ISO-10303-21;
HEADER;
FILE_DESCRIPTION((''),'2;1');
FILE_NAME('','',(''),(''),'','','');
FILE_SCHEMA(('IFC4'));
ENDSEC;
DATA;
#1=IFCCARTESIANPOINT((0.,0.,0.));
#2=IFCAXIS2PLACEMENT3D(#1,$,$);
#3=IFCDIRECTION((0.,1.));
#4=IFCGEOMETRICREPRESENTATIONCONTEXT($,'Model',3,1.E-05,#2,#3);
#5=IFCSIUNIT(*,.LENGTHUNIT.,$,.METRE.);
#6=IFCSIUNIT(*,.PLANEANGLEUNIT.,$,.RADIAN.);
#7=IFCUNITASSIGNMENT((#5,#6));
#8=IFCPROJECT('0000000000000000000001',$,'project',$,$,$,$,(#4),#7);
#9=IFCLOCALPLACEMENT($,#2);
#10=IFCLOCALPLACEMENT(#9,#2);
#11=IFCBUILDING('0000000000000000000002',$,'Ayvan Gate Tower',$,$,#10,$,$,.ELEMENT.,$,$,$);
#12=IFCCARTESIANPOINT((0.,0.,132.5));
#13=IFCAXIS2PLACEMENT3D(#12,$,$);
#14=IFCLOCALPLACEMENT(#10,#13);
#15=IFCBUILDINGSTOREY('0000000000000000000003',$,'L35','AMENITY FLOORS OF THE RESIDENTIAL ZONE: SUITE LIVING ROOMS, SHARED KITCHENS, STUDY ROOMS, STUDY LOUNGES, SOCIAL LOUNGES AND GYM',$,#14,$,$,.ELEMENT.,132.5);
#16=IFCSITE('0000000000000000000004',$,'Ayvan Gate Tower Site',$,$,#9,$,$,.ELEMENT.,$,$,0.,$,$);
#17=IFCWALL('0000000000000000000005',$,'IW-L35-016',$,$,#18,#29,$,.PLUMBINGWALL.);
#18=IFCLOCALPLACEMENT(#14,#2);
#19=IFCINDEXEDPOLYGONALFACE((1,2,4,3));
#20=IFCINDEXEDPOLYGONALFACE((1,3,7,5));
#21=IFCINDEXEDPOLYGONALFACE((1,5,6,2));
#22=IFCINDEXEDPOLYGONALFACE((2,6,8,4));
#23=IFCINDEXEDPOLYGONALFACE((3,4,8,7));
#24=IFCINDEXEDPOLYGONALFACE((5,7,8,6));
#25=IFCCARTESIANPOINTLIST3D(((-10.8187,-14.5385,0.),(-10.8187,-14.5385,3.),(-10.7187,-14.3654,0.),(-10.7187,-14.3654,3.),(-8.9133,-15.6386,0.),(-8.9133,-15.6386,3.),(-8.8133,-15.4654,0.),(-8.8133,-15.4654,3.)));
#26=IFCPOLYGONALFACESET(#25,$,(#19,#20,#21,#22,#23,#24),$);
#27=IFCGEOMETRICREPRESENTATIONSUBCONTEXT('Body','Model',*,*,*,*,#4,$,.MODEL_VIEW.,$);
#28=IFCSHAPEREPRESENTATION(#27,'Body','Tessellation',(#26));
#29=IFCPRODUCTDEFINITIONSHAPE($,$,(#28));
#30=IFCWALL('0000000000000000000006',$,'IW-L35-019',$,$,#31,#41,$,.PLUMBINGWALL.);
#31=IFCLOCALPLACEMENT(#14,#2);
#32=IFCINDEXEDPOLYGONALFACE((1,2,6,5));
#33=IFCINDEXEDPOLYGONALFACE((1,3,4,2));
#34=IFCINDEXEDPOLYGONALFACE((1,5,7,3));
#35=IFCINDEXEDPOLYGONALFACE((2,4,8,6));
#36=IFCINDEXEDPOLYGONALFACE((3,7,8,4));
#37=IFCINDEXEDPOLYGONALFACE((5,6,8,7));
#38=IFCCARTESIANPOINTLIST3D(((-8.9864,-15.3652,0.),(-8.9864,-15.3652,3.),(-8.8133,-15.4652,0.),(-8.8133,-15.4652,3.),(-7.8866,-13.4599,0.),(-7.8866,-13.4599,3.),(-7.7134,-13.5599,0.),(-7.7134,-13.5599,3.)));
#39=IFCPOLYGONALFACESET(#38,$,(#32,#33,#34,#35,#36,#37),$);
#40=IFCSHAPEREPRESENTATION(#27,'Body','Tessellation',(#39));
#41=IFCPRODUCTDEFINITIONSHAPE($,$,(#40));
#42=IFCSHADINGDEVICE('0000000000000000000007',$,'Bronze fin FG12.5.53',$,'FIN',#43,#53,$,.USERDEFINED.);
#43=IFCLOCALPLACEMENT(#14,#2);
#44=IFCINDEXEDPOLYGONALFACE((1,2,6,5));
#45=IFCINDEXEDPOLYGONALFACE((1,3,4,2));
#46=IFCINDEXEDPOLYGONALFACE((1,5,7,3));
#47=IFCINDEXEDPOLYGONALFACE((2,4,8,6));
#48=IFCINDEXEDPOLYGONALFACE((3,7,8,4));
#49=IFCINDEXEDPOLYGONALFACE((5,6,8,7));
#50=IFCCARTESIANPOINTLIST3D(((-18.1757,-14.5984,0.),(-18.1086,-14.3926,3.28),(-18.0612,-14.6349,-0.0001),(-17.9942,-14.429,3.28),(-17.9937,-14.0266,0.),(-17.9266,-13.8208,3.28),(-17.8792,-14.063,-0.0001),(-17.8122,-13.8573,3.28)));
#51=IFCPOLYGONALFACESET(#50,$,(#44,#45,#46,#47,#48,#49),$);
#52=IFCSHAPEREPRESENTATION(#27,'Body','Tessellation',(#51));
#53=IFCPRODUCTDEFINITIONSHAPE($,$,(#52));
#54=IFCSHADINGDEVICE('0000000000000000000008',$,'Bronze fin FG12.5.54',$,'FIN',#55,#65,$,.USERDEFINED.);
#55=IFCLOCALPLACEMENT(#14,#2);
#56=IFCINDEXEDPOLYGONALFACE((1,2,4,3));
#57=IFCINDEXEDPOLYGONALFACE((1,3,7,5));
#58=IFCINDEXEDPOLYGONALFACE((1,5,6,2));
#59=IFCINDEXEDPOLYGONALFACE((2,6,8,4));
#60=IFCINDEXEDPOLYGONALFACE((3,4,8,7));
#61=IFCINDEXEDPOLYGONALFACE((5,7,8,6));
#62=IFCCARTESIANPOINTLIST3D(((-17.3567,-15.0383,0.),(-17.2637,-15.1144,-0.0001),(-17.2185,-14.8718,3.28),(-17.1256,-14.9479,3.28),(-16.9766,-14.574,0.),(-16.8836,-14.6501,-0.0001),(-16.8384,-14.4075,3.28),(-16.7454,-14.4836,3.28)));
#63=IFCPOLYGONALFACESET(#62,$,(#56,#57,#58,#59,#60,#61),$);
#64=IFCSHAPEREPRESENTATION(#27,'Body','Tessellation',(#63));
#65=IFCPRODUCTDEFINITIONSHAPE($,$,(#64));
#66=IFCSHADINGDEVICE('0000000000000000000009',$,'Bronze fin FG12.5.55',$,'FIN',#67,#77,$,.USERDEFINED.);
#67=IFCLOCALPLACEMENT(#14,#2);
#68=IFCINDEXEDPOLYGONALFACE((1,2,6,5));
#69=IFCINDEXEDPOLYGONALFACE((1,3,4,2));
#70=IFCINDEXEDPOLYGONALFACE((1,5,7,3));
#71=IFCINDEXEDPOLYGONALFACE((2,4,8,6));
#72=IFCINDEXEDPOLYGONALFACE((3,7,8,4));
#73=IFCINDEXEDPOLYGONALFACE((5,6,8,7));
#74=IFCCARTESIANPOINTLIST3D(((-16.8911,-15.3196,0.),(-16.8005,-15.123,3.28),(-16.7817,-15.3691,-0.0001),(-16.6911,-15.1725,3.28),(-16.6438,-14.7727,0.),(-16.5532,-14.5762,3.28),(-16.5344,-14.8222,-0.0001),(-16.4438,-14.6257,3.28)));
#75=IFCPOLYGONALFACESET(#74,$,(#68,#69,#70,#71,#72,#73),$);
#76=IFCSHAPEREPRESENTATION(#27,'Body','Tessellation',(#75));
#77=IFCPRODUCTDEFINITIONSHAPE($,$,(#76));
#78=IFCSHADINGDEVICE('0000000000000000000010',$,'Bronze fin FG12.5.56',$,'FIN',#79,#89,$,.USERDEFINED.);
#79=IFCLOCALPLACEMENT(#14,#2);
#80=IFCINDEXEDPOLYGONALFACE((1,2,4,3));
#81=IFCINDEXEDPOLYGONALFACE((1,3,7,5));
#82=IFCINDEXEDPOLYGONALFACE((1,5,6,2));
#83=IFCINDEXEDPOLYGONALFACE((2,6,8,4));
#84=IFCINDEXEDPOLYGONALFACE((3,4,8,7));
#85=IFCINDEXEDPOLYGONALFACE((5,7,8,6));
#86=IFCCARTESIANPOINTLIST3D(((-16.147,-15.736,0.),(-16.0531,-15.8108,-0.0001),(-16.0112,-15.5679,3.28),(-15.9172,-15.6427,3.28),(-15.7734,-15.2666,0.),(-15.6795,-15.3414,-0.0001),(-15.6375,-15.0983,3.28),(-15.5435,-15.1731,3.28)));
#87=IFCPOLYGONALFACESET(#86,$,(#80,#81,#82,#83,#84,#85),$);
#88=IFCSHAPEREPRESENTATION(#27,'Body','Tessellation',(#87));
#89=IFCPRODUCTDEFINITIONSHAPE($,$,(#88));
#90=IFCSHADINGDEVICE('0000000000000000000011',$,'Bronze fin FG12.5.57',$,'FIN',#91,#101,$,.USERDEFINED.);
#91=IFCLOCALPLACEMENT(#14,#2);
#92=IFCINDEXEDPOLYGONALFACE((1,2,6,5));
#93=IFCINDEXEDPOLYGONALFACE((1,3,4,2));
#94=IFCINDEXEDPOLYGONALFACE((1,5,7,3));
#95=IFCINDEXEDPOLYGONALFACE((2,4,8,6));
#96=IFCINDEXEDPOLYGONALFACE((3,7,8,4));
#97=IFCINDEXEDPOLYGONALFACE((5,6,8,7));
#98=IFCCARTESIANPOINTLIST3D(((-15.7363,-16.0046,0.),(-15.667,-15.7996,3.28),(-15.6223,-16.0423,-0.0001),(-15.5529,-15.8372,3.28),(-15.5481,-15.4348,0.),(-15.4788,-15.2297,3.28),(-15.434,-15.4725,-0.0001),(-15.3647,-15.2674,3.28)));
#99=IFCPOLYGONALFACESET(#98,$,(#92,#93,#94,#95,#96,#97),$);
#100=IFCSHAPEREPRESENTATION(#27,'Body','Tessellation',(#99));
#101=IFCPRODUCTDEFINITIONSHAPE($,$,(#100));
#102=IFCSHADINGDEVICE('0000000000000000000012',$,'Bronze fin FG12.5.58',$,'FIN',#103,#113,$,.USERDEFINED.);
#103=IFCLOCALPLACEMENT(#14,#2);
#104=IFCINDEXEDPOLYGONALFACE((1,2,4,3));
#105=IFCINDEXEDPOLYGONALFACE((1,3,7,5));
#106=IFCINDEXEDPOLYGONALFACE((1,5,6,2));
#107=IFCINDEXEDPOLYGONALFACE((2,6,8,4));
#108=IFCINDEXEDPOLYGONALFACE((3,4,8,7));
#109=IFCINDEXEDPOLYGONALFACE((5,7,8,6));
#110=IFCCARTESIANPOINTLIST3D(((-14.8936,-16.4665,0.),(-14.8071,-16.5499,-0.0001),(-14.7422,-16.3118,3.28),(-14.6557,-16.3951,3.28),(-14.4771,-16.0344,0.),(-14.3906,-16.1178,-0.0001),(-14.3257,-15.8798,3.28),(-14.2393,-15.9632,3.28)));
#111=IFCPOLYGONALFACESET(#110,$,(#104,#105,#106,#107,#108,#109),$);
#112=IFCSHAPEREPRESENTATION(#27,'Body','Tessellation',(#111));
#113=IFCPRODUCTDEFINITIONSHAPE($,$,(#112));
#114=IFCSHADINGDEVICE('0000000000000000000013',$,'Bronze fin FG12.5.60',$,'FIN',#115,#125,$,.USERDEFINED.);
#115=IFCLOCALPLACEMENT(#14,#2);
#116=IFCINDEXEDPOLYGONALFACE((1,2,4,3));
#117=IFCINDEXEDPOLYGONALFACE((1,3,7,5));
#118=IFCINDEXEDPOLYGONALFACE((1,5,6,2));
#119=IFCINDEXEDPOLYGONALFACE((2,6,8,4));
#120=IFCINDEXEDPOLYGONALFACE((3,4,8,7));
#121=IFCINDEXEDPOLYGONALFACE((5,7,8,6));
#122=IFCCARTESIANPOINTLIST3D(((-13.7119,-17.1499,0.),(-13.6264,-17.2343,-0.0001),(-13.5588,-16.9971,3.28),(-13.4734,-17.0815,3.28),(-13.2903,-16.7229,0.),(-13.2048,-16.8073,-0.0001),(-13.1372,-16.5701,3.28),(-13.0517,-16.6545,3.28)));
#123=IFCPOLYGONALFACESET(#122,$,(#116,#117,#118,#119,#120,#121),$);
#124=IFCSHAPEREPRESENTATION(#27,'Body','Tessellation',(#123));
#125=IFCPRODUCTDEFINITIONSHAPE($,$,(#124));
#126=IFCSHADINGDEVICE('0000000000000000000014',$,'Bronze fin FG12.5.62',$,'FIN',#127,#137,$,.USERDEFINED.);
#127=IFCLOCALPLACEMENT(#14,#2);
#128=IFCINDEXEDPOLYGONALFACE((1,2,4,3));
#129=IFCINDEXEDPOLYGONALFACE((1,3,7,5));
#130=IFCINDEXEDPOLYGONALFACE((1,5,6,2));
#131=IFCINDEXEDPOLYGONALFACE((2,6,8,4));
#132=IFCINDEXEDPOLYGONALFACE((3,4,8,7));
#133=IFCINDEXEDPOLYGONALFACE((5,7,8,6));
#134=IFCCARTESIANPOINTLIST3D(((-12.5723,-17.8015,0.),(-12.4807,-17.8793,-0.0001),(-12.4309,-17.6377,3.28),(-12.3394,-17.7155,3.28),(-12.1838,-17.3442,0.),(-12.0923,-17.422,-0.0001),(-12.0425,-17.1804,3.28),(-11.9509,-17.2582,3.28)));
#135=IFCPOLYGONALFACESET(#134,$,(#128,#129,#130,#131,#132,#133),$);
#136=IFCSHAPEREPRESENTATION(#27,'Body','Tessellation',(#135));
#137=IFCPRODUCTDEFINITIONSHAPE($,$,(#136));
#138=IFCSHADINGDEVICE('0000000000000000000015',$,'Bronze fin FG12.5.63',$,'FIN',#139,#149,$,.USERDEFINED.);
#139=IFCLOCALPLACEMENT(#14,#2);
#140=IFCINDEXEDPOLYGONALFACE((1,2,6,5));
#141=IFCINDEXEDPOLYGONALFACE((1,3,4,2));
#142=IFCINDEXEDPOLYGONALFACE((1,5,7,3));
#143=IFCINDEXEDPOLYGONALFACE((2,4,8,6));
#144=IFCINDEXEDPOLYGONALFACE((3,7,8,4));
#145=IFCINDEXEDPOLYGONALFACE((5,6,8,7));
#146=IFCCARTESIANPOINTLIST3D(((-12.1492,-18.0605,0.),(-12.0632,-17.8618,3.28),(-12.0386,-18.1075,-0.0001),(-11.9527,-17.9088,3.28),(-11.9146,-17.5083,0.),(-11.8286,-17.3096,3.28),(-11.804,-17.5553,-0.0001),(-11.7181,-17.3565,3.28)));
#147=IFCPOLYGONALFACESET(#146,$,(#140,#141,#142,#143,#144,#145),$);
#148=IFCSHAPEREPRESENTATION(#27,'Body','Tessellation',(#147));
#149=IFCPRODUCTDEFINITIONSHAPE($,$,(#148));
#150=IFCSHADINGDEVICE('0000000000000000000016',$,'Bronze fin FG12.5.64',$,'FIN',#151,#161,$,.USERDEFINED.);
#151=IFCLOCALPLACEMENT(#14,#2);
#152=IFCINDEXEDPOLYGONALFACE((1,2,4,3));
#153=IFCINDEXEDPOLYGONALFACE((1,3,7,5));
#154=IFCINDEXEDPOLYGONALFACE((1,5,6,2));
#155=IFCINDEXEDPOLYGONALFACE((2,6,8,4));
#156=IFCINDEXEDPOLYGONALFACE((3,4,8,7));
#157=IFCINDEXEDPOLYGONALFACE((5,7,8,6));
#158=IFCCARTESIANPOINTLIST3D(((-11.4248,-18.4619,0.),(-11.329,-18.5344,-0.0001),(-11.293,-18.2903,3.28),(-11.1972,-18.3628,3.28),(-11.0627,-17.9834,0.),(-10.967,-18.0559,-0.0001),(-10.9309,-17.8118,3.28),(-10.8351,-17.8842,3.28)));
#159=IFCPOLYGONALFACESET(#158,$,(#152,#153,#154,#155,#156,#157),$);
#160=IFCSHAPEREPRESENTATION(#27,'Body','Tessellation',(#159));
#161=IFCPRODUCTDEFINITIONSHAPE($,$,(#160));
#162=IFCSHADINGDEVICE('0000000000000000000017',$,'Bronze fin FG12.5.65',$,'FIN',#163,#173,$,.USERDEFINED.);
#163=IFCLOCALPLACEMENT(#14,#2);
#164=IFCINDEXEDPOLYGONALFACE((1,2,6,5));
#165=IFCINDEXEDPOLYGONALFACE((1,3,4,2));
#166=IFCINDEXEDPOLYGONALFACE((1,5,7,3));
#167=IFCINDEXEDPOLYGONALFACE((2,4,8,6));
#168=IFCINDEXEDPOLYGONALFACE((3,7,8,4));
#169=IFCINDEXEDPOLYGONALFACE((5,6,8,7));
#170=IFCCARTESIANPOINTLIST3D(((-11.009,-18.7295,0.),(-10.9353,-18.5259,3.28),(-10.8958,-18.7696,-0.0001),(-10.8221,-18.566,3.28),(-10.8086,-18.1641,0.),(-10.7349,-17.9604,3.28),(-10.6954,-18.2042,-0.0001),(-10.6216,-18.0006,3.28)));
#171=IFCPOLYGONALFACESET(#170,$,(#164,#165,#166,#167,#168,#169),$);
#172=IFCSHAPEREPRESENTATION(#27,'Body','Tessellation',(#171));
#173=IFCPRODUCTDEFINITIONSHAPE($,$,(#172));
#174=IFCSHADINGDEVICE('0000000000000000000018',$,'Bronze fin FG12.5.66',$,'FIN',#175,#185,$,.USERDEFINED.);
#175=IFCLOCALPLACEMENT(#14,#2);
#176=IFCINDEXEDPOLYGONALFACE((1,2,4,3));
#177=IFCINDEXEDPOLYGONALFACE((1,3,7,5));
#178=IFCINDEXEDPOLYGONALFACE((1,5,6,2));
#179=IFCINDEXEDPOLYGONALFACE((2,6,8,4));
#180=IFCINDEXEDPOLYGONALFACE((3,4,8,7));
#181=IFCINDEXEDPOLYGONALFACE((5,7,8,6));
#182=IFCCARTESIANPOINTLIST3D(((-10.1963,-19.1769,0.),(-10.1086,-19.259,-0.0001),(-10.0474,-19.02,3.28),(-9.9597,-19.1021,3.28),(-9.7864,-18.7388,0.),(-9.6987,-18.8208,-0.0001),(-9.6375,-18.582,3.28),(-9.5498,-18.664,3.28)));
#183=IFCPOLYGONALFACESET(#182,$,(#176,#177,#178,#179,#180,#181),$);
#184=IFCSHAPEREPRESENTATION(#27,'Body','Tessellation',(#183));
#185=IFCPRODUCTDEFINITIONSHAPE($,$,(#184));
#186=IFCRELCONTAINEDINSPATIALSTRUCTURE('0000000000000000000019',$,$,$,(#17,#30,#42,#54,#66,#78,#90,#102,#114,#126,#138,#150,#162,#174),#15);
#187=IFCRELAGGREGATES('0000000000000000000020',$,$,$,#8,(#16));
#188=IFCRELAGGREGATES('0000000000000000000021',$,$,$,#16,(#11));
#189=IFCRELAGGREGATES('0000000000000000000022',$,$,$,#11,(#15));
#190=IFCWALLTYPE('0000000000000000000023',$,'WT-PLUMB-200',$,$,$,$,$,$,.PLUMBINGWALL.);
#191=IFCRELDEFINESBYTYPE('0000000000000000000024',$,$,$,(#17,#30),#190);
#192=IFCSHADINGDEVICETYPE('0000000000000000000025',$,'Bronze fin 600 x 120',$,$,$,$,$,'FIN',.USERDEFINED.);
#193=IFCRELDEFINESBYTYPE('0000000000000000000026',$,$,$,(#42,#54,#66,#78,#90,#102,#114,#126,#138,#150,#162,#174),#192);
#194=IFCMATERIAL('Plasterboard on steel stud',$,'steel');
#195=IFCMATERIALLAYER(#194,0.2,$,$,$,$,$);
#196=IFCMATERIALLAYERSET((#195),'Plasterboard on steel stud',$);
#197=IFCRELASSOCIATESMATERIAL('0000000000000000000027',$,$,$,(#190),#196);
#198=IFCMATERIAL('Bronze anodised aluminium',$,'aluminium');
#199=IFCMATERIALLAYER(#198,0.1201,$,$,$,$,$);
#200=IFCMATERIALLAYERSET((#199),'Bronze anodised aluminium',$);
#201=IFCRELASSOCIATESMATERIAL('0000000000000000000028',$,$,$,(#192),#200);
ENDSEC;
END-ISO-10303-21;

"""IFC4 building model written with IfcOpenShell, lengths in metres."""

from ifc_helpers import new_model, si_unit, direction, frame, frame_2d, origin, place, context, subcontext, project, spatial, polyline, rectangle, outline, extrude, material, layer, layer_set, type_object, element, save


model = new_model("IFC4")

# Units and contexts
model_context = context("Model", 3, precision=1e-05, world=origin(), true_north=direction((0.0, 1.0)))
body_context = subcontext(model_context, "Body", "Model", "MODEL_VIEW")
ifc_project = project(units=[si_unit("LENGTHUNIT", "METRE"), si_unit("PLANEANGLEUNIT", "RADIAN")], contexts=[model_context])

# Site, building, storey
site_placement = place(None, origin())
site = spatial("IfcSite", under=ifc_project, at=site_placement, Name="Ayvan Gate Tower Site", CompositionType="ELEMENT", RefElevation=0.0)
building_placement = place(site_placement, origin())
building = spatial("IfcBuilding", under=site, at=building_placement, Name="Ayvan Gate Tower", CompositionType="ELEMENT")
storey_placement = place(building_placement, frame((0.0, 0.0, 132.5)))
storey = spatial("IfcBuildingStorey", under=building, at=storey_placement, Name="L35", Description="AMENITY FLOORS OF THE RESIDENTIAL ZONE: SUITE LIVING ROOMS, SHARED KITCHENS, STUDY ROOMS, STUDY LOUNGES, SOCIAL LOUNGES AND GYM", CompositionType="ELEMENT", Elevation=132.5)

# Shared definitions
ifc_material_1 = material(Name="Bronze anodised aluminium", Category="aluminium")

# Walls
ifc_material_2 = material(Name="Plasterboard on steel stud", Category="steel")
ifc_layer_1 = layer(ifc_material_2, 0.2)
ifc_layer_set_1 = layer_set([ifc_layer_1], Name="Plasterboard on steel stud")
wall_type_1 = type_object("IfcWallType", Name="WT-PLUMB-200", PredefinedType="PLUMBINGWALL", material=ifc_layer_set_1)
wall_1_placement = place(storey_placement, frame((-8.8633, -15.552, 0.0), z_axis=(0.0, 0.0, 1.0), x_axis=(-0.866036, 0.499982, 0.0)))
element("IfcWall", 1, at=wall_1_placement, inside=storey, type_object=wall_type_1, Name="IW-L35-016", PredefinedType="PLUMBINGWALL", context=body_context, shape_type="SweptSolid", body=[
    extrude(rectangle(XDim=2.2002, YDim=0.2, at=frame_2d((1.1001, 0.0))), origin(), (0.0, 0.0, 1.0), 3.0),
])
wall_2_placement = place(storey_placement, frame((-8.8999, -15.4153, 0.0), z_axis=(0.0, 0.0, 1.0), x_axis=(0.499947, 0.866056, 0.0)))
element("IfcWall", 2, at=wall_2_placement, inside=storey, type_object=wall_type_1, Name="IW-L35-019", PredefinedType="PLUMBINGWALL", context=body_context, shape_type="SweptSolid", body=[
    extrude(rectangle(XDim=2.2, YDim=0.2, at=frame_2d((1.1001, 0.0))), origin(), (0.0, 0.0, 1.0), 3.0),
])

# Shading devices
ifc_layer_2 = layer(ifc_material_1, 0.1201)
ifc_layer_set_2 = layer_set([ifc_layer_2], Name="Bronze anodised aluminium")
shading_device_type = type_object("IfcShadingDeviceType", Name="Bronze fin 600 x 120", ElementType="FIN", PredefinedType="USERDEFINED", material=ifc_layer_set_2)
shading_device_1_placement = place(storey_placement, frame((-17.9937, -14.0266, 0.0), z_axis=(-0.952888, 0.303321, 0.000437), x_axis=(-0.303321, -0.952888, 0.0)))
element("IfcShadingDevice", 3, at=shading_device_1_placement, inside=storey, type_object=shading_device_type, Name="Bronze fin FG12.5.53", ObjectType="FIN", PredefinedType="USERDEFINED", context=body_context, shape_type="SweptSolid", body=[
    extrude(outline(polyline([(0.0, 0.0), (0.6001, 0.0), (0.3836, 3.28), (-0.2164, 3.28), (0.0, 0.0)])), origin(), (0.0, 0.0, -1.0), 0.1201),
])
shading_device_2_placement = place(storey_placement, frame((-16.9766, -14.574, 0.0), z_axis=(-0.773794, 0.633437, 0.000444), x_axis=(-0.633437, -0.773794, 0.0)))
element("IfcShadingDevice", 4, at=shading_device_2_placement, inside=storey, type_object=shading_device_type, Name="Bronze fin FG12.5.54", ObjectType="FIN", PredefinedType="USERDEFINED", context=body_context, shape_type="SweptSolid", body=[
    extrude(outline(polyline([(0.0, 0.0), (0.6001, 0.0), (0.3837, 3.28), (-0.2164, 3.28), (0.0, 0.0)])), origin(), (0.0, 0.0, -1.0), 0.1201),
])
shading_device_3_placement = place(storey_placement, frame((-16.6438, -14.7727, 0.0), z_axis=(-0.911159, 0.412055, 0.000472), x_axis=(-0.412055, -0.911159, 0.0)))
element("IfcShadingDevice", 5, at=shading_device_3_placement, inside=storey, type_object=shading_device_type, Name="Bronze fin FG12.5.55", ObjectType="FIN", PredefinedType="USERDEFINED", context=body_context, shape_type="SweptSolid", body=[
    extrude(outline(polyline([(0.0, 0.0), (0.6002, 0.0), (0.3838, 3.28), (-0.2164, 3.28), (0.0, 0.0)])), origin(), (0.0, 0.0, -1.0), 0.1201),
])
shading_device_4_placement = place(storey_placement, frame((-15.7734, -15.2666, 0.0), z_axis=(-0.782434, 0.622733, 0.000474), x_axis=(-0.622733, -0.782434, 0.0)))
element("IfcShadingDevice", 6, at=shading_device_4_placement, inside=storey, type_object=shading_device_type, Name="Bronze fin FG12.5.56", ObjectType="FIN", PredefinedType="USERDEFINED", context=body_context, shape_type="SweptSolid", body=[
    extrude(outline(polyline([(0.0, 0.0), (0.6, 0.0), (0.3838, 3.28), (-0.2163, 3.28), (0.0, 0.0)])), origin(), (0.0, 0.0, -1.0), 0.1201),
])
shading_device_5_placement = place(storey_placement, frame((-15.5481, -15.4348, 0.0), z_axis=(-0.949534, 0.313664, 0.000461), x_axis=(-0.313664, -0.949534, 0.0)))
element("IfcShadingDevice", 7, at=shading_device_5_placement, inside=storey, type_object=shading_device_type, Name="Bronze fin FG12.5.57", ObjectType="FIN", PredefinedType="USERDEFINED", context=body_context, shape_type="SweptSolid", body=[
    extrude(outline(polyline([(0.0, 0.0), (0.6001, 0.0), (0.3836, 3.28), (-0.2165, 3.28), (0.0, 0.0)])), origin(), (0.0, 0.0, -1.0), 0.1201),
])
shading_device_6_placement = place(storey_placement, frame((-14.4771, -16.0344, 0.0), z_axis=(-0.719906, 0.694071, 0.000495), x_axis=(-0.694072, -0.719906, 0.0)))
element("IfcShadingDevice", 8, at=shading_device_6_placement, inside=storey, type_object=shading_device_type, Name="Bronze fin FG12.5.58", ObjectType="FIN", PredefinedType="USERDEFINED", context=body_context, shape_type="SweptSolid", body=[
    extrude(outline(polyline([(0.0, 0.0), (0.6002, 0.0), (0.3837, 3.28), (-0.2163, 3.28), (0.0, 0.0)])), origin(), (0.0, 0.0, -1.0), 0.1201),
])
shading_device_7_placement = place(storey_placement, frame((-13.2903, -16.7229, 0.0), z_axis=(-0.711568, 0.702617, 0.00047), x_axis=(-0.702617, -0.711568, 0.0)))
element("IfcShadingDevice", 9, at=shading_device_7_placement, inside=storey, type_object=shading_device_type, Name="Bronze fin FG12.5.60", ObjectType="FIN", PredefinedType="USERDEFINED", context=body_context, shape_type="SweptSolid", body=[
    extrude(outline(polyline([(0.0, 0.0), (0.6001, 0.0), (0.3838, 3.28), (-0.2163, 3.28), (0.0, 0.0)])), origin(), (0.0, 0.0, -1.0), 0.1201),
])
shading_device_8_placement = place(storey_placement, frame((-12.1838, -17.3442, 0.0), z_axis=(-0.76215, 0.6474, 0.000512), x_axis=(-0.6474, -0.76215, 0.0)))
element("IfcShadingDevice", 10, at=shading_device_8_placement, inside=storey, type_object=shading_device_type, Name="Bronze fin FG12.5.62", ObjectType="FIN", PredefinedType="USERDEFINED", context=body_context, shape_type="SweptSolid", body=[
    extrude(outline(polyline([(0.0, 0.0), (0.6, 0.0), (0.3836, 3.28), (-0.2164, 3.28), (0.0, 0.0)])), origin(), (0.0, 0.0, -1.0), 0.1201),
])
shading_device_9_placement = place(storey_placement, frame((-11.9146, -17.5083, 0.0), z_axis=(-0.920382, 0.39102, 0.000423), x_axis=(-0.39102, -0.920382, 0.0)))
element("IfcShadingDevice", 11, at=shading_device_9_placement, inside=storey, type_object=shading_device_type, Name="Bronze fin FG12.5.63", ObjectType="FIN", PredefinedType="USERDEFINED", context=body_context, shape_type="SweptSolid", body=[
    extrude(outline(polyline([(0.0, 0.0), (0.6, 0.0), (0.3835, 3.28), (-0.2165, 3.28), (0.0, 0.0)])), origin(), (0.0, 0.0, -1.0), 0.1201),
])
shading_device_10_placement = place(storey_placement, frame((-11.0627, -17.9834, 0.0), z_axis=(-0.797454, 0.60338, 0.00048), x_axis=(-0.60338, -0.797454, 0.0)))
element("IfcShadingDevice", 12, at=shading_device_10_placement, inside=storey, type_object=shading_device_type, Name="Bronze fin FG12.5.64", ObjectType="FIN", PredefinedType="USERDEFINED", context=body_context, shape_type="SweptSolid", body=[
    extrude(outline(polyline([(0.0, 0.0), (0.6001, 0.0), (0.3836, 3.28), (-0.2164, 3.28), (0.0, 0.0)])), origin(), (0.0, 0.0, -1.0), 0.1201),
])
shading_device_11_placement = place(storey_placement, frame((-10.8086, -18.1641, 0.0), z_axis=(-0.942531, 0.334118, 0.000446), x_axis=(-0.334118, -0.942531, 0.0)))
element("IfcShadingDevice", 13, at=shading_device_11_placement, inside=storey, type_object=shading_device_type, Name="Bronze fin FG12.5.65", ObjectType="FIN", PredefinedType="USERDEFINED", context=body_context, shape_type="SweptSolid", body=[
    extrude(outline(polyline([(0.0, 0.0), (0.5999, 0.0), (0.3834, 3.28), (-0.2165, 3.28), (0.0, 0.0)])), origin(), (0.0, 0.0, -1.0), 0.1201),
])
shading_device_12_placement = place(storey_placement, frame((-9.7864, -18.7388, 0.0), z_axis=(-0.730216, 0.683217, 0.000481), x_axis=(-0.683217, -0.730216, 0.0)))
element("IfcShadingDevice", 14, at=shading_device_12_placement, inside=storey, type_object=shading_device_type, Name="Bronze fin FG12.5.66", ObjectType="FIN", PredefinedType="USERDEFINED", context=body_context, shape_type="SweptSolid", body=[
    extrude(outline(polyline([(0.0, 0.0), (0.6001, 0.0), (0.3837, 3.28), (-0.2162, 3.28), (0.0, 0.0)])), origin(), (0.0, 0.0, -1.0), 0.1201),
])

save(model, "model.ifc")
